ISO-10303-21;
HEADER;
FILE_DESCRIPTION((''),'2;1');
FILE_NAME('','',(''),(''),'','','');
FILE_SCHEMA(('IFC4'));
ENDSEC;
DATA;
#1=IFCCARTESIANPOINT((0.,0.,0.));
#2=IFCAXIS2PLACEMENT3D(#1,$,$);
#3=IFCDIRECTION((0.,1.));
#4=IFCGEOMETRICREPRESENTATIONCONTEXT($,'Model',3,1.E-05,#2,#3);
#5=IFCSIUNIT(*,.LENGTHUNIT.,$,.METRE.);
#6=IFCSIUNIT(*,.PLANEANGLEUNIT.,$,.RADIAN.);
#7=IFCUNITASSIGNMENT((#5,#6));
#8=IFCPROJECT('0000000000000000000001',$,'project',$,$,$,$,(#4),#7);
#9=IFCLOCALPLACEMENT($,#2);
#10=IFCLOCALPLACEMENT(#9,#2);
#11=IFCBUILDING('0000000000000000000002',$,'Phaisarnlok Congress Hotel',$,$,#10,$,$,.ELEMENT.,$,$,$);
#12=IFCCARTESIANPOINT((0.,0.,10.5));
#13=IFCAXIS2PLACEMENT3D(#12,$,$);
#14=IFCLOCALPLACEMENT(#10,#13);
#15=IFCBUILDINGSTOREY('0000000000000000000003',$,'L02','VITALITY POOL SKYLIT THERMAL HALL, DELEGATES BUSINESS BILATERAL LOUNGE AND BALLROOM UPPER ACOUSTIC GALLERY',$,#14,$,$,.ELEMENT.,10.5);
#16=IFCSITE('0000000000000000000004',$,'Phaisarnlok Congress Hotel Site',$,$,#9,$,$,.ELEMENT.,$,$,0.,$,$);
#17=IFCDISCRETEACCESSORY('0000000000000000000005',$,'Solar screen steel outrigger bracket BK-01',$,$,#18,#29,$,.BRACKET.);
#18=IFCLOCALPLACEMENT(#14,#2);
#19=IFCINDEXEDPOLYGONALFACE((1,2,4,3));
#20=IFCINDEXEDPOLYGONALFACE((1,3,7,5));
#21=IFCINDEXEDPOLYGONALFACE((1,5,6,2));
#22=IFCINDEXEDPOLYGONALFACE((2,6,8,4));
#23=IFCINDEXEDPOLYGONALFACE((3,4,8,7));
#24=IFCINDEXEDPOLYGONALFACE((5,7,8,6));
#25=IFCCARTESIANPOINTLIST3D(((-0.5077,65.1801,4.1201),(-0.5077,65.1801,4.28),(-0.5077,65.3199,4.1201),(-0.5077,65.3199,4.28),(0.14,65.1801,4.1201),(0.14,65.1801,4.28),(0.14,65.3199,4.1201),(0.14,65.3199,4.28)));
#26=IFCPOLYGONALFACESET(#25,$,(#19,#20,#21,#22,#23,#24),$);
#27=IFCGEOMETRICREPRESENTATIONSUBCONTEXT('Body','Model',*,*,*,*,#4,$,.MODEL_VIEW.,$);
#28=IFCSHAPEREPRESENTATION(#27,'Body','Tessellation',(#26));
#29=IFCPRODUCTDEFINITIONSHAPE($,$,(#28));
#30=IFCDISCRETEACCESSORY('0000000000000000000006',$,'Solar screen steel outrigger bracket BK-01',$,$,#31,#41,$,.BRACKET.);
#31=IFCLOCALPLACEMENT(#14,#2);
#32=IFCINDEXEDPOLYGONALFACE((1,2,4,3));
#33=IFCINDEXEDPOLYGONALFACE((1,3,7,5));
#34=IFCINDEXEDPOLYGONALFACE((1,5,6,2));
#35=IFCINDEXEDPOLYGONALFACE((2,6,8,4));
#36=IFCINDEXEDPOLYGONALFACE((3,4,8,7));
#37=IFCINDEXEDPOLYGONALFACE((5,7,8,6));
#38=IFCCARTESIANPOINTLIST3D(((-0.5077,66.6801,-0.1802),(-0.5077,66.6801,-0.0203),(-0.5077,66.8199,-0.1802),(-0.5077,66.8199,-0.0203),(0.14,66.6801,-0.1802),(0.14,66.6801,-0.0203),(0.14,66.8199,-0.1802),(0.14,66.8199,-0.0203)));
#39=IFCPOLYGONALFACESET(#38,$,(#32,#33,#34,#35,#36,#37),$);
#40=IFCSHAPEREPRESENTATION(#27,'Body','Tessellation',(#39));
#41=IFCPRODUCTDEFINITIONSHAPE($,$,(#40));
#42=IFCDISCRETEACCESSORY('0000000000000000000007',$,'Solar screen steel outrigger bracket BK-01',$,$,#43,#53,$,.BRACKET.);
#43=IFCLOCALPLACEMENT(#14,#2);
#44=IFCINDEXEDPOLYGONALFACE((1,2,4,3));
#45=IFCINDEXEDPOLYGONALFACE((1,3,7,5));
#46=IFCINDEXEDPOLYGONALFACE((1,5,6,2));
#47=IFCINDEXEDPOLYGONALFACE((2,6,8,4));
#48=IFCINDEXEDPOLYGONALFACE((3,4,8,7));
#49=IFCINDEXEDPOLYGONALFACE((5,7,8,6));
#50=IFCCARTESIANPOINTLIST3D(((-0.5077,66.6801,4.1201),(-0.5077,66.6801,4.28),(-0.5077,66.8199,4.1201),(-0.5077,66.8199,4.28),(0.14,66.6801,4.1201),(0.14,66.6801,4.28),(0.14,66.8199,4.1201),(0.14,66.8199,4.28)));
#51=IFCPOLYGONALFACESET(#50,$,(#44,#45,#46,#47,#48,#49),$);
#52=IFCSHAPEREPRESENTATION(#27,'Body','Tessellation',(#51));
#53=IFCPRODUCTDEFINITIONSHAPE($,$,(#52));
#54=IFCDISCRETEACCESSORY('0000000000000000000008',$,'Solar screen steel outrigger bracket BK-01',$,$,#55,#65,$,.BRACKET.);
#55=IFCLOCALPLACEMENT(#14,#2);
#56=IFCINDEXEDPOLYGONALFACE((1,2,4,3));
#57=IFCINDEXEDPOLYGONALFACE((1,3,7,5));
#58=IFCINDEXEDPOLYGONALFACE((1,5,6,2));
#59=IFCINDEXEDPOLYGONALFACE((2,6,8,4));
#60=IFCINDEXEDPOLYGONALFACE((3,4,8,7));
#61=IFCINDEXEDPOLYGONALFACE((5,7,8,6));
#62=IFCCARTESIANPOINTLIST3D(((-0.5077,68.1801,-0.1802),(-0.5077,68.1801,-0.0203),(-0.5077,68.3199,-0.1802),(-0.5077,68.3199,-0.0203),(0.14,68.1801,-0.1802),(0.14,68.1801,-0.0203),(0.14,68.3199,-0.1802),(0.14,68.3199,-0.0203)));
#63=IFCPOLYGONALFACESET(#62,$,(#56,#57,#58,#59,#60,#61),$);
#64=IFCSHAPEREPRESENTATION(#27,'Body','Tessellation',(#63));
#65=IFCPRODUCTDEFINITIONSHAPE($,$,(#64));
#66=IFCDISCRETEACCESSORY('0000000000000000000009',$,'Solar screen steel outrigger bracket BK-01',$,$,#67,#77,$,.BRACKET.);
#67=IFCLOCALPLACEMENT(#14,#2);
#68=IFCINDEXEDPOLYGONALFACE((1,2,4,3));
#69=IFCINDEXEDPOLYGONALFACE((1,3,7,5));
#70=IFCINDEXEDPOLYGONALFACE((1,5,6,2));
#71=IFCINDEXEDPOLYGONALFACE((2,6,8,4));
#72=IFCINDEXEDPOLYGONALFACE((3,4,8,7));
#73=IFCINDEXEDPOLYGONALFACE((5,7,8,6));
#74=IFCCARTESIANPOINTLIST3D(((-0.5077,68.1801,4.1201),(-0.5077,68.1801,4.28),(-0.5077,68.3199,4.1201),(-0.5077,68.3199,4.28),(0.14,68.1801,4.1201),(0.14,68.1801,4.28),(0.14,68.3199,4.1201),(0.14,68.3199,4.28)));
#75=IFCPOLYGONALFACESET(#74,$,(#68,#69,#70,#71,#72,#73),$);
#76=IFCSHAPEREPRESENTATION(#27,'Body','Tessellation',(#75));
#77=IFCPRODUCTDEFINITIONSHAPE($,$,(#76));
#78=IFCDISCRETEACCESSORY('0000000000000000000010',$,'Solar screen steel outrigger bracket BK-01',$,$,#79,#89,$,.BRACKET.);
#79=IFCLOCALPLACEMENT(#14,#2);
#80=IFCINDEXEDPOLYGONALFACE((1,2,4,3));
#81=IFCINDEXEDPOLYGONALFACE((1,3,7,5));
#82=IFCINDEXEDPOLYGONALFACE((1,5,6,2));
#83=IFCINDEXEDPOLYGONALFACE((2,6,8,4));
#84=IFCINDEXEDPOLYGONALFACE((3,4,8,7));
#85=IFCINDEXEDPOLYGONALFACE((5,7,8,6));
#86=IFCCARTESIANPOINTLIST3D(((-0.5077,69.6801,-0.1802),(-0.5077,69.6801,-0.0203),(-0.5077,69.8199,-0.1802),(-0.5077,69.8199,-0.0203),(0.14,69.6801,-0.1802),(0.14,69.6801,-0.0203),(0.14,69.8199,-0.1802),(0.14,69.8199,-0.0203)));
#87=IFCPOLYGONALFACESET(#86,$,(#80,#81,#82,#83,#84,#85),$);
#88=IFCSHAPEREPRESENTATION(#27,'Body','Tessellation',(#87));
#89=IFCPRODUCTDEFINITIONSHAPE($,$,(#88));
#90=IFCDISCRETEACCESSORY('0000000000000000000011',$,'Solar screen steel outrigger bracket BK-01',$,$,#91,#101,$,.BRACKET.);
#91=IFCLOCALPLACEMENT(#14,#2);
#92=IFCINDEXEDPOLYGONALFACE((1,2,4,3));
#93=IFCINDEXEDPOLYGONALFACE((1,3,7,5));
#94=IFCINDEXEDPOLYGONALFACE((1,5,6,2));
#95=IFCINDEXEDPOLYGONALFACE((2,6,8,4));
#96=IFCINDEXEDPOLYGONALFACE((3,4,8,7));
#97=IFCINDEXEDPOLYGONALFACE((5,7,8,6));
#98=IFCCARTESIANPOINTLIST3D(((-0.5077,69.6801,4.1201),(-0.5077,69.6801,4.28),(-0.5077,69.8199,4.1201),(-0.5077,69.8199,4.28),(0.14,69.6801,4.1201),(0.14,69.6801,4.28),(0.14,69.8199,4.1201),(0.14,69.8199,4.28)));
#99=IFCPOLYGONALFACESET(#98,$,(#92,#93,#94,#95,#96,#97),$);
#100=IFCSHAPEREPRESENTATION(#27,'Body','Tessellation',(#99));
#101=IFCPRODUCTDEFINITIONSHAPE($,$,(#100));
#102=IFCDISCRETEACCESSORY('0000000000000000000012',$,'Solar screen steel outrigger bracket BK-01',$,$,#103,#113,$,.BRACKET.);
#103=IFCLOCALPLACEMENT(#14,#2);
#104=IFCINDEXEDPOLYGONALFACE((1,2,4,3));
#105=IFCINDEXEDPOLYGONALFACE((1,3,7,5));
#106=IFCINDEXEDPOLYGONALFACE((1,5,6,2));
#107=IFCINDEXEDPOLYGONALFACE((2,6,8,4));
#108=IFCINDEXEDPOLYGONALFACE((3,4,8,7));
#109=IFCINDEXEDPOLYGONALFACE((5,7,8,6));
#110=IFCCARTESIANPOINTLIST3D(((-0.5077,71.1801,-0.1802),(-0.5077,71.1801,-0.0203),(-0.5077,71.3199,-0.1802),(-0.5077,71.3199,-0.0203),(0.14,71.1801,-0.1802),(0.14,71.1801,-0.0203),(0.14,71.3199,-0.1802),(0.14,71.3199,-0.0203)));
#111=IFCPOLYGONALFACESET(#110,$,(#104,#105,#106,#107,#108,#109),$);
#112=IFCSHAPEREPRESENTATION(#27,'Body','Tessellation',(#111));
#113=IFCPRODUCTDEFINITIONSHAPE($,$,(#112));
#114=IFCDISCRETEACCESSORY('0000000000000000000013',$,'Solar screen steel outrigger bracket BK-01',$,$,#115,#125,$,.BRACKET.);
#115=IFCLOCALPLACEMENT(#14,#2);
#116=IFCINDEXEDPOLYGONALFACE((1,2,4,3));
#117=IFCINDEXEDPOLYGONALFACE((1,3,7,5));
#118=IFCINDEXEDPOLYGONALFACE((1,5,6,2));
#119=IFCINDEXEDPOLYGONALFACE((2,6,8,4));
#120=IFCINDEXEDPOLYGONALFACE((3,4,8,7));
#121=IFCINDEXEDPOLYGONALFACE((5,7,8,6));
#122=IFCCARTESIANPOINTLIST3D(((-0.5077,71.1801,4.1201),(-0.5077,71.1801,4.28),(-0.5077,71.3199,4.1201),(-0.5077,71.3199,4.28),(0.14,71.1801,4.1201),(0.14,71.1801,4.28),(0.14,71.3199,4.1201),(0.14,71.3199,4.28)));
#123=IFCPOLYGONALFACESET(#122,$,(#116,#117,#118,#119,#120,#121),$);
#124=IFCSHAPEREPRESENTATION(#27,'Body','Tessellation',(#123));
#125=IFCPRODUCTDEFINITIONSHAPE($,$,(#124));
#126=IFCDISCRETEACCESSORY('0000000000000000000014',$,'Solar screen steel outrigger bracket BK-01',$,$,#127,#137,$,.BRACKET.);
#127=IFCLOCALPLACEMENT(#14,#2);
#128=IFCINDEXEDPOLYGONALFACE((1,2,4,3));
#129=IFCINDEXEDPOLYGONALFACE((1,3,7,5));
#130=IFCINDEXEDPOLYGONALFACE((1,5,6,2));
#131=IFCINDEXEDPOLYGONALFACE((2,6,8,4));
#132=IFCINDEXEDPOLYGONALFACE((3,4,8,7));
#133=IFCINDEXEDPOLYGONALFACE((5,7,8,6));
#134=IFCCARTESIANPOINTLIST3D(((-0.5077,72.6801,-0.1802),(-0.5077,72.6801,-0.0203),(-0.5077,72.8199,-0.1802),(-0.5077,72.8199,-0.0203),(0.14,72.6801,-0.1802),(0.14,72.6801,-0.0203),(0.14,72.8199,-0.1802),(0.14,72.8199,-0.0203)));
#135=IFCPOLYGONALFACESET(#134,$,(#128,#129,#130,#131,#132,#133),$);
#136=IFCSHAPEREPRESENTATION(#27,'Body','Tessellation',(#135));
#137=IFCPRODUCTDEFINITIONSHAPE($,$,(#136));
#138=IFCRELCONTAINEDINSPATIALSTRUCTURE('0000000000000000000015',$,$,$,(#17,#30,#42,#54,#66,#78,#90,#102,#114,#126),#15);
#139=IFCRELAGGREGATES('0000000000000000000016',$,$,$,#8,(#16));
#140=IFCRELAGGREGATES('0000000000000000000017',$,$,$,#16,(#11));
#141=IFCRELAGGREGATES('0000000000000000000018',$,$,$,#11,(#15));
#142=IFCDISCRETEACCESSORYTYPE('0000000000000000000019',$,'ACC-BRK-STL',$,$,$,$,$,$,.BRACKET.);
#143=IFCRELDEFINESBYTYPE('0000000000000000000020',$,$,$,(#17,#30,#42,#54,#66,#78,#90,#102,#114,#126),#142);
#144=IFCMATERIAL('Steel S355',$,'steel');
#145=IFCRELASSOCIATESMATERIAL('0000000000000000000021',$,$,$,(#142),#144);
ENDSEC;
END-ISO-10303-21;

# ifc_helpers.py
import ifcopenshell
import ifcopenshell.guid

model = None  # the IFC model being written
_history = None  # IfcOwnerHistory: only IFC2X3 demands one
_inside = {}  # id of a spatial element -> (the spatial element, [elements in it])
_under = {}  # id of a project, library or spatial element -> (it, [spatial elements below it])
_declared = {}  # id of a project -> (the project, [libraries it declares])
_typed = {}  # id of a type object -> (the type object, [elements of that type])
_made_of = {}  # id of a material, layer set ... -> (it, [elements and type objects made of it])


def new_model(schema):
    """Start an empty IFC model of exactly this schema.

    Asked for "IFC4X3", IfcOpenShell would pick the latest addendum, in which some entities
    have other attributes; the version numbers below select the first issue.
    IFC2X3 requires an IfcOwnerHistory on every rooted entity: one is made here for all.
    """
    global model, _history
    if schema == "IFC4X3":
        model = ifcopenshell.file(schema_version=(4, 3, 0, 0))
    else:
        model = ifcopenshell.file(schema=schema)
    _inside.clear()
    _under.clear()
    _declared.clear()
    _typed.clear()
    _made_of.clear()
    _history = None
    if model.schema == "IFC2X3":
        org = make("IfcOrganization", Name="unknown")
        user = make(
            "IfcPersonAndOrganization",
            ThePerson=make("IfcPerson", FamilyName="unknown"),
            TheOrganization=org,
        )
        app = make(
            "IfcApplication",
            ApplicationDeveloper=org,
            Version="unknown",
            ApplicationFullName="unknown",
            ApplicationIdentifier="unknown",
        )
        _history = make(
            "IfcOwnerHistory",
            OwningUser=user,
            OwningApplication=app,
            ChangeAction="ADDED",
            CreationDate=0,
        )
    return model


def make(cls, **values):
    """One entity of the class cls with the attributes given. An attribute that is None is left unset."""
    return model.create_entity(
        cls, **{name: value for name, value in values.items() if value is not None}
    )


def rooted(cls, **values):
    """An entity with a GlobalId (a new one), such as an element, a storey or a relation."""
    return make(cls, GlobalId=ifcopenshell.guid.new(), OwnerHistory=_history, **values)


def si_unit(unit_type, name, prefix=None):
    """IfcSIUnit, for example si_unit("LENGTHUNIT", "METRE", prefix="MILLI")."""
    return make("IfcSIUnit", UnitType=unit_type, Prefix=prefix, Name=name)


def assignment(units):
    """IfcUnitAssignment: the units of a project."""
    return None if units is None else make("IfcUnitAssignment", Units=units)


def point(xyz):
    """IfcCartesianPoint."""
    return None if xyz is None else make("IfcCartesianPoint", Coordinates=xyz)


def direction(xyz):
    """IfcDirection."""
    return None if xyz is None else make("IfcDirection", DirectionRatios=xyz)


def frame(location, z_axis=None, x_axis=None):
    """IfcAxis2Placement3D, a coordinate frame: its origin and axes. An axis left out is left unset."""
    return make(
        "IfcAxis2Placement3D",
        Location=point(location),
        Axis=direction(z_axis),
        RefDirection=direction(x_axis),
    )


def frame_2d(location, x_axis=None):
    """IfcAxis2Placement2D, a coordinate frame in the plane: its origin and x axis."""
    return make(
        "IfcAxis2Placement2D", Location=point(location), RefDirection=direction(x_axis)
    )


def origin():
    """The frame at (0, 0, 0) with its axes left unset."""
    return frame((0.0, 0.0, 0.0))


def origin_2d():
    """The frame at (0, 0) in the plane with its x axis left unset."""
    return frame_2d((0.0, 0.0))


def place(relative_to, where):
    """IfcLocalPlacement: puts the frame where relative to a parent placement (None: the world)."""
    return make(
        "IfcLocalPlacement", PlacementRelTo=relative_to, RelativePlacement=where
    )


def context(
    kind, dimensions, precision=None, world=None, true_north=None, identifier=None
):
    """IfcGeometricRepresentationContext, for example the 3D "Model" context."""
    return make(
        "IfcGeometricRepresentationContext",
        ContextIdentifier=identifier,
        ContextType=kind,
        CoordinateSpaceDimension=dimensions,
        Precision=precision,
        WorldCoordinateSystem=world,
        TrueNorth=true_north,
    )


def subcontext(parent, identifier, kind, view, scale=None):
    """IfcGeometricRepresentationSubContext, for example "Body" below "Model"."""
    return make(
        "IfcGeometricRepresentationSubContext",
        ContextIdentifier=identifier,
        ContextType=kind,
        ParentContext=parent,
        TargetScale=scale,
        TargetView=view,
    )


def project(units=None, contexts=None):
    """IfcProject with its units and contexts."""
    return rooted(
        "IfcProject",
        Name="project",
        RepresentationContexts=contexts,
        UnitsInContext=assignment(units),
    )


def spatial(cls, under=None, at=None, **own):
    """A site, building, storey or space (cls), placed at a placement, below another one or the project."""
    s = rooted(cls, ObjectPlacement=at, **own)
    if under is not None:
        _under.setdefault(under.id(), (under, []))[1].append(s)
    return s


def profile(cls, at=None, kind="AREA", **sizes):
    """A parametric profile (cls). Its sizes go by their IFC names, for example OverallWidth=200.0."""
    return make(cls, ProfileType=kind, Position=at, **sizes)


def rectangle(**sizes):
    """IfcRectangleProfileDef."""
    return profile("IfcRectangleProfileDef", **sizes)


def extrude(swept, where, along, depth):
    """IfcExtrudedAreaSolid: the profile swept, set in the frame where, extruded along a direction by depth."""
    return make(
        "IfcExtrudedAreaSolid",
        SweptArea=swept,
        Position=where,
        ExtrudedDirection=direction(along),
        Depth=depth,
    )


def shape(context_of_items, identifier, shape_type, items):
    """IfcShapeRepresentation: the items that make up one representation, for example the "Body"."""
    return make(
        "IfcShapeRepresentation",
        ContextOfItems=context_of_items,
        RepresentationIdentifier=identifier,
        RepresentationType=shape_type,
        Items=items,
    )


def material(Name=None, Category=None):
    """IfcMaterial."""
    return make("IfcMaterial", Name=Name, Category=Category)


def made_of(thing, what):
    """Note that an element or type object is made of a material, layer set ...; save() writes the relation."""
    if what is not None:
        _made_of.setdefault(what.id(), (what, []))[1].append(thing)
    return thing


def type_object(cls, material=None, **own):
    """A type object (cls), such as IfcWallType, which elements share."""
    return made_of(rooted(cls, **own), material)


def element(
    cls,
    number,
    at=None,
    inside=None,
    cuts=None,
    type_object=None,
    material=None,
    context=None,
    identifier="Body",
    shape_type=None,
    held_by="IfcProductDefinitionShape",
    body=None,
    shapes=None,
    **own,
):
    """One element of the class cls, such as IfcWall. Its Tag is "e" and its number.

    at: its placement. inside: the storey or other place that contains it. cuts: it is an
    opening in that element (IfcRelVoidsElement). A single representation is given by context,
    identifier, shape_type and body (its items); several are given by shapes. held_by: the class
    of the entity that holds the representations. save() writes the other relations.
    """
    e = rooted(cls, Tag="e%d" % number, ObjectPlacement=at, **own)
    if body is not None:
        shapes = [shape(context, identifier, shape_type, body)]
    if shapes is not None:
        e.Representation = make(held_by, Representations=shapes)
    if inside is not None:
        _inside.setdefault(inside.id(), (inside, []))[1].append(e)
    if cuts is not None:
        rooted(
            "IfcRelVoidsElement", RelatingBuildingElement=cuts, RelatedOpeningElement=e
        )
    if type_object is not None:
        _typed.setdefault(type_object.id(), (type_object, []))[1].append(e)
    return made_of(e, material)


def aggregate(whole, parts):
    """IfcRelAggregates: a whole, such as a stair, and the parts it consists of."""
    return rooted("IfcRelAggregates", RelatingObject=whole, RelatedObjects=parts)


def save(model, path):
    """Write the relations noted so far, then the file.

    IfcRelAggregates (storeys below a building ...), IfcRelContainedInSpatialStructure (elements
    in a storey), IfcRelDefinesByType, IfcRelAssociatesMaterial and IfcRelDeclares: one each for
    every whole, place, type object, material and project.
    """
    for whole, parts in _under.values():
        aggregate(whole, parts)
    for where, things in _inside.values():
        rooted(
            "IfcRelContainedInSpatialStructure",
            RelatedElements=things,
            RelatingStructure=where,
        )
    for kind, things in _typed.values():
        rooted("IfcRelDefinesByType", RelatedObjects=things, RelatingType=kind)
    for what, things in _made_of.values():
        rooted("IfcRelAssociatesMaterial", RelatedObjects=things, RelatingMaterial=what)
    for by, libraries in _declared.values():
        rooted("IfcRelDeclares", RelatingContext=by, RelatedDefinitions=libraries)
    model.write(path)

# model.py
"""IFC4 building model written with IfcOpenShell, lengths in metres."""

from ifc_helpers import new_model, si_unit, direction, frame, origin, origin_2d, place, context, subcontext, project, spatial, rectangle, extrude, material, type_object, element, save


model = new_model("IFC4")

# Units and contexts
model_context = context("Model", 3, precision=1e-05, world=origin(), true_north=direction((0.0, 1.0)))
body_context = subcontext(model_context, "Body", "Model", "MODEL_VIEW")
ifc_project = project(units=[si_unit("LENGTHUNIT", "METRE"), si_unit("PLANEANGLEUNIT", "RADIAN")], contexts=[model_context])

# Site, building, storey
site_placement = place(None, origin())
site = spatial("IfcSite", under=ifc_project, at=site_placement, Name="Phaisarnlok Congress Hotel Site", CompositionType="ELEMENT", RefElevation=0.0)
building_placement = place(site_placement, origin())
building = spatial("IfcBuilding", under=site, at=building_placement, Name="Phaisarnlok Congress Hotel", CompositionType="ELEMENT")
storey_placement = place(building_placement, frame((0.0, 0.0, 10.5)))
storey = spatial("IfcBuildingStorey", under=building, at=storey_placement, Name="L02", Description="VITALITY POOL SKYLIT THERMAL HALL, DELEGATES BUSINESS BILATERAL LOUNGE AND BALLROOM UPPER ACOUSTIC GALLERY", CompositionType="ELEMENT", Elevation=10.5)

# Discrete accessories
ifc_material_1 = material(Name="Steel S355", Category="steel")
discrete_accessory_type = type_object("IfcDiscreteAccessoryType", Name="ACC-BRK-STL", PredefinedType="BRACKET", material=ifc_material_1)
for number, where, z_axis, x_axis, name in (
    (1, (-0.1838, 65.25, 4.1201), (0.0, 0.0, 1.0), (1.0, 0.0, 0.0), "Solar screen steel outrigger bracket BK-01"),
    (2, (-0.1838, 66.75, -0.1802), (0.0, 0.0, 1.0), (1.0, 0.0, 0.0), "Solar screen steel outrigger bracket BK-01"),
    (3, (-0.1838, 66.75, 4.1201), (0.0, 0.0, 1.0), (1.0, 0.0, 0.0), "Solar screen steel outrigger bracket BK-01"),
    (4, (-0.1838, 68.25, -0.1802), (0.0, 0.0, 1.0), (1.0, 0.0, 0.0), "Solar screen steel outrigger bracket BK-01"),
    (5, (-0.1838, 68.25, 4.1201), (0.0, 0.0, 1.0), (1.0, 0.0, 0.0), "Solar screen steel outrigger bracket BK-01"),
    (6, (-0.1838, 69.75, -0.1802), (0.0, 0.0, 1.0), (1.0, 0.0, 0.0), "Solar screen steel outrigger bracket BK-01"),
    (7, (-0.1838, 69.75, 4.1201), (0.0, 0.0, 1.0), (1.0, 0.0, 0.0), "Solar screen steel outrigger bracket BK-01"),
    (8, (-0.1838, 71.25, -0.1802), (0.0, 0.0, 1.0), (1.0, 0.0, 0.0), "Solar screen steel outrigger bracket BK-01"),
    (9, (-0.1838, 71.25, 4.1201), (0.0, 0.0, 1.0), (1.0, 0.0, 0.0), "Solar screen steel outrigger bracket BK-01"),
    (10, (-0.1838, 72.75, -0.1802), (0.0, 0.0, 1.0), (1.0, 0.0, 0.0), "Solar screen steel outrigger bracket BK-01"),
):
    element("IfcDiscreteAccessory", number, at=place(storey_placement, frame(where, z_axis=z_axis, x_axis=x_axis)), inside=storey, type_object=discrete_accessory_type, Name=name, PredefinedType="BRACKET", context=body_context, shape_type="SweptSolid", body=[
        extrude(rectangle(XDim=0.6477, YDim=0.1399, at=origin_2d()), origin(), (0.0, 0.0, 1.0), 0.1599),
    ])

save(model, "model.ifc")
